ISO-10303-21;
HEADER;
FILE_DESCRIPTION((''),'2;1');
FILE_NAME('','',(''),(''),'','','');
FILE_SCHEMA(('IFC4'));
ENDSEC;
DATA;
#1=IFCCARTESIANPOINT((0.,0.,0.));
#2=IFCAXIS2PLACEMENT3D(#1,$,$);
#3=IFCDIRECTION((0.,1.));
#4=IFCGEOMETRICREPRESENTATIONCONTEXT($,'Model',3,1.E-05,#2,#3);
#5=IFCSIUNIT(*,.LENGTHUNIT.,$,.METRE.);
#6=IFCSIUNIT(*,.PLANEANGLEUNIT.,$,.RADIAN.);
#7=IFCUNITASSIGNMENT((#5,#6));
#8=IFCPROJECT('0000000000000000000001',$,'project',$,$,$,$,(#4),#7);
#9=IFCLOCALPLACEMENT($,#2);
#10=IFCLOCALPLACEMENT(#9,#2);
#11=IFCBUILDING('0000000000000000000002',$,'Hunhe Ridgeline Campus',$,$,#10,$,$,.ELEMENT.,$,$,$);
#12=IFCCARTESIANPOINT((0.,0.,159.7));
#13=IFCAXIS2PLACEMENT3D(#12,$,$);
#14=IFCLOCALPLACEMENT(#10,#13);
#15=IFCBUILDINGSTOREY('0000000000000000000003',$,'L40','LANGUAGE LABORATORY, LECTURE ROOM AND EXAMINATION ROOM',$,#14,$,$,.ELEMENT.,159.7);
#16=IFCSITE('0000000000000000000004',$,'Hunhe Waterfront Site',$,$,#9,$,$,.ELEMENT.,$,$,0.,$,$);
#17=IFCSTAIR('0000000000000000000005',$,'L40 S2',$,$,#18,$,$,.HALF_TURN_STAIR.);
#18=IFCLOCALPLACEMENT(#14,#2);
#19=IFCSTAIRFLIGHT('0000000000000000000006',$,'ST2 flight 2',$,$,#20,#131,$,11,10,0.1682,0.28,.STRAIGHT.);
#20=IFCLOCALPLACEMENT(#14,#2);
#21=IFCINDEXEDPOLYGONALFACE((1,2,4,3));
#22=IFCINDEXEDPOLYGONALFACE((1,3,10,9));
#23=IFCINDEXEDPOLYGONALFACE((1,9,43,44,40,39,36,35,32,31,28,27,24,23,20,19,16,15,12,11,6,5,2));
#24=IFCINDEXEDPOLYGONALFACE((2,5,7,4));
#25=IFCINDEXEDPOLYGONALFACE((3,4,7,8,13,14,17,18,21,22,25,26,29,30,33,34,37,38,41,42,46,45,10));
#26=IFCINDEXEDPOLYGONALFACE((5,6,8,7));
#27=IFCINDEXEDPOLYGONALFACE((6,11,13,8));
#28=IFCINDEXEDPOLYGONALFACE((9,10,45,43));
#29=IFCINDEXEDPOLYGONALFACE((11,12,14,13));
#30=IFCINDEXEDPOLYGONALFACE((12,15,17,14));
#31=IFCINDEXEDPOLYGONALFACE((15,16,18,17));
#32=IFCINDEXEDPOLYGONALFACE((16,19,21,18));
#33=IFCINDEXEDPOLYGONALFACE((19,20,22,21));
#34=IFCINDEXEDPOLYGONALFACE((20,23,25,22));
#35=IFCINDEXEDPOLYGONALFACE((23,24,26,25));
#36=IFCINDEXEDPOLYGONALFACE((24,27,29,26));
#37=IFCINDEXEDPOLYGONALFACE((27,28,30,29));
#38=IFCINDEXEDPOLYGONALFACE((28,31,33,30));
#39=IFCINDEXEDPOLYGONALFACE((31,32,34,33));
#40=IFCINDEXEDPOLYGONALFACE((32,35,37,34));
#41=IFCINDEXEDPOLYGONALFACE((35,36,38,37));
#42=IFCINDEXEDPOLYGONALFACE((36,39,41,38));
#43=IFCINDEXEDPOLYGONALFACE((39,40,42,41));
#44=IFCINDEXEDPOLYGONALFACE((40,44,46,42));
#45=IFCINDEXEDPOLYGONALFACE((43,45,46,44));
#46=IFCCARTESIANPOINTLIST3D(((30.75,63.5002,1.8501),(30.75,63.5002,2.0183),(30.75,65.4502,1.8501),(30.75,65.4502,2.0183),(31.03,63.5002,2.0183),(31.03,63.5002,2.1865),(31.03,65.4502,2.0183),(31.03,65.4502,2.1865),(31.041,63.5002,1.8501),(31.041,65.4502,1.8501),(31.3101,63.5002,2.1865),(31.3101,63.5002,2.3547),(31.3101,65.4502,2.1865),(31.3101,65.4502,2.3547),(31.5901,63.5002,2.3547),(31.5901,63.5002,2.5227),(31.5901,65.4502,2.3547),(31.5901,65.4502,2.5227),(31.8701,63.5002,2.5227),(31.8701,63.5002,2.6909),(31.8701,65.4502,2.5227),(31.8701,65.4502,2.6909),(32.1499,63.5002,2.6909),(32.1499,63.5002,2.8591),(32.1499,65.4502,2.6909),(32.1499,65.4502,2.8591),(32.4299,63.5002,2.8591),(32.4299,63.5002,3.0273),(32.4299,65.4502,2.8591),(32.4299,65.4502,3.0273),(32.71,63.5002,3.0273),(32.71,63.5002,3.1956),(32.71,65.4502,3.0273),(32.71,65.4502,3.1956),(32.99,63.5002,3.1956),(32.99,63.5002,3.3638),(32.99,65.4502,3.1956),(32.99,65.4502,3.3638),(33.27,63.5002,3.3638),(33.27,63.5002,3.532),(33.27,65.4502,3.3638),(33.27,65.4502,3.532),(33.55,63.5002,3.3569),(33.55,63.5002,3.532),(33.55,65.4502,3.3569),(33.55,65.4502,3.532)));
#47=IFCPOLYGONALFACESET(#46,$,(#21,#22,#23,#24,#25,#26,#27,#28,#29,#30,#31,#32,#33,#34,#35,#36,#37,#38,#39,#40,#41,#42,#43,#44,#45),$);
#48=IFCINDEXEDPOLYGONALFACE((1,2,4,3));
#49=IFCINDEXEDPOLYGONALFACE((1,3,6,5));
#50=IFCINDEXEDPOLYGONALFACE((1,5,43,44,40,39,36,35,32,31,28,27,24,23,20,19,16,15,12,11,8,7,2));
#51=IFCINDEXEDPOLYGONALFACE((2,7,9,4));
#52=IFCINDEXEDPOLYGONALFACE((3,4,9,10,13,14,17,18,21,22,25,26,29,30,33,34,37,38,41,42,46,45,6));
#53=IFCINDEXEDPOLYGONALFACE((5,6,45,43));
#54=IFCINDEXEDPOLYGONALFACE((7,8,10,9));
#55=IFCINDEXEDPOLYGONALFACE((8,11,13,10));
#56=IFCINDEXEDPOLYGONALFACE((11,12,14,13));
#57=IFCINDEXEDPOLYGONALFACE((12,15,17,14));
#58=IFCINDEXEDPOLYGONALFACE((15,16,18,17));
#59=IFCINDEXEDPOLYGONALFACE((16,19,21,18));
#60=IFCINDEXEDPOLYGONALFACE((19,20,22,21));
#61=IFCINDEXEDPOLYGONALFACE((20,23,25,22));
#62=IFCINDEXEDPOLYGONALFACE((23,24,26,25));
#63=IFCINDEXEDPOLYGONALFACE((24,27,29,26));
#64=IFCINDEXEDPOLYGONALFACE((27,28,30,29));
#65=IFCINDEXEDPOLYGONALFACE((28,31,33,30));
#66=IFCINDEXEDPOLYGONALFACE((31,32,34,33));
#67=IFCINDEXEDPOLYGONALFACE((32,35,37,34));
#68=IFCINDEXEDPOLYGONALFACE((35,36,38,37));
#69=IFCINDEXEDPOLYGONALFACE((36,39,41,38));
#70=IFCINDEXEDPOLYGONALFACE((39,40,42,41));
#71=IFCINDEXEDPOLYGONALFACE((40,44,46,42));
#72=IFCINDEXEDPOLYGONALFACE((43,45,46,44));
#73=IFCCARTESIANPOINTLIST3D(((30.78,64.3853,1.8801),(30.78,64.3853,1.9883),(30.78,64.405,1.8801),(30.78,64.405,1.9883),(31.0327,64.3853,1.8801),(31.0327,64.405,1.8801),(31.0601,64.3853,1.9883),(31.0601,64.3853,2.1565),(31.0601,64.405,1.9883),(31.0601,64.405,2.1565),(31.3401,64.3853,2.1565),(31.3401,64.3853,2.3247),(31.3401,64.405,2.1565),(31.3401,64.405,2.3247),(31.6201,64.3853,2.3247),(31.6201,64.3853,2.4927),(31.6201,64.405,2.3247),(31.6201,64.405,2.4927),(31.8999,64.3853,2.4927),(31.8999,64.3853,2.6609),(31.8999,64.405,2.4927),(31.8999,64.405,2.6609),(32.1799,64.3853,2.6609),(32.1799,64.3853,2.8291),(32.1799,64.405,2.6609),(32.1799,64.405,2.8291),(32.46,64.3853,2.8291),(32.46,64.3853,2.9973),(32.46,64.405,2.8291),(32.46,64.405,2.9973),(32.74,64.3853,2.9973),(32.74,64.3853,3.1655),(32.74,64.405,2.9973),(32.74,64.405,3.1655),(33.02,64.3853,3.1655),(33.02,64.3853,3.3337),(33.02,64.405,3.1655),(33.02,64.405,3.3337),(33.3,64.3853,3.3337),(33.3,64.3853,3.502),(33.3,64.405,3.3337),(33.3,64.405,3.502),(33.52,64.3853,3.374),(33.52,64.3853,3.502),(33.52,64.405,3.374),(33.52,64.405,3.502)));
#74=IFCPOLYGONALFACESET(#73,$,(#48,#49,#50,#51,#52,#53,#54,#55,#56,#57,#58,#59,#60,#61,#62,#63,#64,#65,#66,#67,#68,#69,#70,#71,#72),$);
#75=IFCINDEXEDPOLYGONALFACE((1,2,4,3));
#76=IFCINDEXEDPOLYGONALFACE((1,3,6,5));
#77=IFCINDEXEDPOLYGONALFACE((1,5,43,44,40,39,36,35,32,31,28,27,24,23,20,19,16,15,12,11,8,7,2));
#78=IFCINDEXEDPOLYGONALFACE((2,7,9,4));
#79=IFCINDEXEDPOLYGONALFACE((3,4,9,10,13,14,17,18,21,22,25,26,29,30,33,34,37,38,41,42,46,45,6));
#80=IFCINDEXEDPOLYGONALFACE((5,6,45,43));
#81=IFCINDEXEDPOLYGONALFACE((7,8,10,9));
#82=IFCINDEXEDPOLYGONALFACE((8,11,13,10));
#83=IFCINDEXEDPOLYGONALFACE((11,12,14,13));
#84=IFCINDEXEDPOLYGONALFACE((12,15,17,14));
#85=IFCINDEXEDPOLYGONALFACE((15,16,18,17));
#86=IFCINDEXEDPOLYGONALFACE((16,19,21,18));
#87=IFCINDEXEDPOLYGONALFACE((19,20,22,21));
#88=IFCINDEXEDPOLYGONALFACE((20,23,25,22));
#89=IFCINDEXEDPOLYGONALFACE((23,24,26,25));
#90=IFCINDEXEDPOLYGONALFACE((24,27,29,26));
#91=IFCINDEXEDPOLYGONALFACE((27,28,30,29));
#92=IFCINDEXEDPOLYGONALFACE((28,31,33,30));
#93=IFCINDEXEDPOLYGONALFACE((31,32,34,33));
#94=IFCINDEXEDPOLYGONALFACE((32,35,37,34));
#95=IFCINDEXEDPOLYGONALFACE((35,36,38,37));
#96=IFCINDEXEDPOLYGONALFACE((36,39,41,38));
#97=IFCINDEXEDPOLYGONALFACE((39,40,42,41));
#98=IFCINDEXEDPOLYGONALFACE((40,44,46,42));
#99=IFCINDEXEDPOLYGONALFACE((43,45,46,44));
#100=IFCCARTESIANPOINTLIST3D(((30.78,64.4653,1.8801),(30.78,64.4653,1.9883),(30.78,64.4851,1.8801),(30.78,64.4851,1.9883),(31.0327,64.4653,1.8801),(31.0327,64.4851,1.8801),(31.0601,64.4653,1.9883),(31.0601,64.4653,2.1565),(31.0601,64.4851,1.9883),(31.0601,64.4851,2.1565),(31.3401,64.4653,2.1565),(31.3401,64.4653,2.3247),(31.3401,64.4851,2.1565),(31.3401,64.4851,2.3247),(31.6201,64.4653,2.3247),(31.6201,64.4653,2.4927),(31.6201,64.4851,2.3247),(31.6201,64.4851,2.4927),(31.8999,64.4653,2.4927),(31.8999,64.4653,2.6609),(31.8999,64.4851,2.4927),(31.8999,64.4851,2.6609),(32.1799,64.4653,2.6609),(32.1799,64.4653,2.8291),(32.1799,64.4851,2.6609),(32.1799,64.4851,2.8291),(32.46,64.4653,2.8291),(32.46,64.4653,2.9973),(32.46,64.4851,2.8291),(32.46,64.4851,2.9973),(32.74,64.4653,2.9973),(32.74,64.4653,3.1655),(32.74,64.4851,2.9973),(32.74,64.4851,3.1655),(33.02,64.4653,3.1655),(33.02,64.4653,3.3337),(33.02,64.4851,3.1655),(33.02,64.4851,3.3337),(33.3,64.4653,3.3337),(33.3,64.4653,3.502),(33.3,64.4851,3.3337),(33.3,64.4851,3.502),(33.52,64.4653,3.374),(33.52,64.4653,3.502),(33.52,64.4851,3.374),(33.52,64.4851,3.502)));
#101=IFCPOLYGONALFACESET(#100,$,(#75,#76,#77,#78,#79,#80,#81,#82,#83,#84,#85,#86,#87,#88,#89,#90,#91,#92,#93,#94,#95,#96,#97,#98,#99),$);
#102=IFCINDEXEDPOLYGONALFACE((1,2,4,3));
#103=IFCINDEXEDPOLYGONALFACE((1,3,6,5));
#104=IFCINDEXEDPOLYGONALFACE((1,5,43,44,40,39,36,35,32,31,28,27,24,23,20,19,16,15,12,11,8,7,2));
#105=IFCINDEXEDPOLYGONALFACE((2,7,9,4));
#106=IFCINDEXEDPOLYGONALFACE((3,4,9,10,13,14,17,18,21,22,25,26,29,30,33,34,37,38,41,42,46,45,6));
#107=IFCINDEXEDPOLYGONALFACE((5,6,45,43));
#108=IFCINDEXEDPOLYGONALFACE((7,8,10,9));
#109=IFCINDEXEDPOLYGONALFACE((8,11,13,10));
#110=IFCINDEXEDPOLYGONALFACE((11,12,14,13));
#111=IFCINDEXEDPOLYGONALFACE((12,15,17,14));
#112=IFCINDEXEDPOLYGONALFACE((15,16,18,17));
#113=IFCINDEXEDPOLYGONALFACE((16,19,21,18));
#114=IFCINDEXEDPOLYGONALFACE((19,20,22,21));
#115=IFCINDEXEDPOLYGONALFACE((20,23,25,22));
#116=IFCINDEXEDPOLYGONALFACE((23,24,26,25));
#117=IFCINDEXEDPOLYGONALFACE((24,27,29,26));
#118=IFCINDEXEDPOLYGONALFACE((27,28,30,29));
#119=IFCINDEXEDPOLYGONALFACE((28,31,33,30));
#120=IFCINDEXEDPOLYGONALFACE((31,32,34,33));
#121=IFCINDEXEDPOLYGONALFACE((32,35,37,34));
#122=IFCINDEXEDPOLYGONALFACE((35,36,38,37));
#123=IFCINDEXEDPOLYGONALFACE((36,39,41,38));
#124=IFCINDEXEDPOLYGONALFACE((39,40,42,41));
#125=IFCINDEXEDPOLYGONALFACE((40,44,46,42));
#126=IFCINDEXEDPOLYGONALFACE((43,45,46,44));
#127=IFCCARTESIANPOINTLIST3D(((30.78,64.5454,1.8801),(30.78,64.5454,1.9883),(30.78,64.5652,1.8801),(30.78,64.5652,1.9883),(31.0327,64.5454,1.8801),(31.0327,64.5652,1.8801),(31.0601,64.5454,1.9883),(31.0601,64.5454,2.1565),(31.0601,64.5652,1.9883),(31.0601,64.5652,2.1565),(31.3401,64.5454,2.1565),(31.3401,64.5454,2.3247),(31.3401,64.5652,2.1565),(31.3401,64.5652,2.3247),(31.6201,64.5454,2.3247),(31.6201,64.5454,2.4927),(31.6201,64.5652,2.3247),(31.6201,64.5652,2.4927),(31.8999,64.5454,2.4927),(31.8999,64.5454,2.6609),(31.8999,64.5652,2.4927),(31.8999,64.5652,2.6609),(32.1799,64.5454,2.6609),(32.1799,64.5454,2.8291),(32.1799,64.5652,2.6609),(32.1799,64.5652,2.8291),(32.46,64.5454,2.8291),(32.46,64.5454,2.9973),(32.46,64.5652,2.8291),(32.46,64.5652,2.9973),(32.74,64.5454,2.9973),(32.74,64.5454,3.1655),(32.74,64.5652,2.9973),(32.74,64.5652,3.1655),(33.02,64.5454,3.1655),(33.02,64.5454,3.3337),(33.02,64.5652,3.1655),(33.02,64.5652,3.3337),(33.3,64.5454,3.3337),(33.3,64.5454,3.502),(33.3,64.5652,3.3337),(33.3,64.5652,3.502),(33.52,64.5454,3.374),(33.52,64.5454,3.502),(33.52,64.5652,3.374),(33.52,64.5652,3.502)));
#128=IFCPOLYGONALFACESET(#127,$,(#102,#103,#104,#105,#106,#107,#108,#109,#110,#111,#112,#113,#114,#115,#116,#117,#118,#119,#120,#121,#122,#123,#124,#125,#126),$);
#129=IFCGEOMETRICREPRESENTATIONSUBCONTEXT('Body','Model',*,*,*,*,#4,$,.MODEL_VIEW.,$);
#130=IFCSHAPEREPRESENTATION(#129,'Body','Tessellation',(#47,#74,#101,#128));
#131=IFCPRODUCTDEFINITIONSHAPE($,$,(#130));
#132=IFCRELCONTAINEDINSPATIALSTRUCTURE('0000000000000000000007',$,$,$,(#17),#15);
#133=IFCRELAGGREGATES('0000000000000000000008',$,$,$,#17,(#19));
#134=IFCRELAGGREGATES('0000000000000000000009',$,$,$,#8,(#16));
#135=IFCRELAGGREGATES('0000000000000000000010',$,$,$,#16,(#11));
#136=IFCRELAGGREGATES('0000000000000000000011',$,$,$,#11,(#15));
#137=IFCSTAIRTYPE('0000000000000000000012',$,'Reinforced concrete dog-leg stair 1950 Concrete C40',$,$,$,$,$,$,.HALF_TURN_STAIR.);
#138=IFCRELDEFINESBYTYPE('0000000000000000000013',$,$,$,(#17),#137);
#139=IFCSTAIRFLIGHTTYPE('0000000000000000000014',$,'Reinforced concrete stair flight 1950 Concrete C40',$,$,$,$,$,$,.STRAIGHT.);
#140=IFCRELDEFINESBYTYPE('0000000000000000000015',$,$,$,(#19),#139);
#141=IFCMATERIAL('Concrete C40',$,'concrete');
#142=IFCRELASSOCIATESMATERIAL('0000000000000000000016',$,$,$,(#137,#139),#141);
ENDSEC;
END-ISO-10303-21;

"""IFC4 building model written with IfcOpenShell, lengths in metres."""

from ifc_helpers import new_model, si_unit, direction, frame, origin, place, context, subcontext, project, spatial, polyline, outline, extrude, material, type_object, element, aggregate, save


model = new_model("IFC4")

# Units and contexts
model_context = context("Model", 3, precision=1e-05, world=origin(), true_north=direction((0.0, 1.0)))
body_context = subcontext(model_context, "Body", "Model", "MODEL_VIEW")
ifc_project = project(units=[si_unit("LENGTHUNIT", "METRE"), si_unit("PLANEANGLEUNIT", "RADIAN")], contexts=[model_context])

# Site, building, storey
site_placement = place(None, origin())
site = spatial("IfcSite", under=ifc_project, at=site_placement, Name="Hunhe Waterfront Site", CompositionType="ELEMENT", RefElevation=0.0)
building_placement = place(site_placement, origin())
building = spatial("IfcBuilding", under=site, at=building_placement, Name="Hunhe Ridgeline Campus", CompositionType="ELEMENT")
storey_placement = place(building_placement, frame((0.0, 0.0, 159.7)))
storey = spatial("IfcBuildingStorey", under=building, at=storey_placement, Name="L40", Description="LANGUAGE LABORATORY, LECTURE ROOM AND EXAMINATION ROOM", CompositionType="ELEMENT", Elevation=159.7)

# Stair, stair flight
ifc_material_1 = material(Name="Concrete C40", Category="concrete")
stair_type = type_object("IfcStairType", Name="Reinforced concrete dog-leg stair 1950 Concrete C40", PredefinedType="HALF_TURN_STAIR", material=ifc_material_1)
stair_placement = place(storey_placement, origin())
stair = element("IfcStair", 1, at=stair_placement, inside=storey, type_object=stair_type, Name="L40 S2", PredefinedType="HALF_TURN_STAIR")
stair_flight_type = type_object("IfcStairFlightType", Name="Reinforced concrete stair flight 1950 Concrete C40", PredefinedType="STRAIGHT", material=ifc_material_1)
stair_flight_placement = place(storey_placement, frame((30.75, 64.4751, 1.8501), z_axis=(0.0, 0.0, 1.0), x_axis=(1.0, 0.0, 0.0)))
stair_flight = element("IfcStairFlight", 2, at=stair_flight_placement, type_object=stair_flight_type, Name="ST2 flight 2", NumberOfRisers=11, NumberOfTreads=10, PredefinedType="STRAIGHT", RiserHeight=0.1682, TreadLength=0.28, context=body_context, shape_type="SweptSolid", body=[
    extrude(outline(polyline([(0.0, 0.0), (0.0, 0.1682), (0.28, 0.1682), (0.28, 0.3364), (0.5601, 0.3364), (0.5601, 0.5046), (0.8401, 0.5046), (0.8401, 0.6726), (1.1201, 0.6726), (1.1201, 0.8408), (1.3999, 0.8408), (1.3999, 1.009), (1.6799, 1.009), (1.6799, 1.1772), (1.96, 1.1772), (1.96, 1.3455), (2.24, 1.3455), (2.24, 1.5137), (2.52, 1.5137), (2.52, 1.6819), (2.8, 1.6819), (2.8, 1.8501), (2.8, 1.5068), (0.291, 0.0), (0.0, 0.0)])), frame((0.0, 0.9751, 0.0), z_axis=(0.0, -1.0, 0.0), x_axis=(1.0, 0.0, 0.0)), (0.0, 0.0, 1.0), 1.95),
    extrude(outline(polyline([(0.03, 0.03), (0.03, 0.1382), (0.3101, 0.1382), (0.3101, 0.3064), (0.5901, 0.3064), (0.5901, 0.4746), (0.8701, 0.4746), (0.8701, 0.6426), (1.1499, 0.6426), (1.1499, 0.8108), (1.4299, 0.8108), (1.4299, 0.979), (1.71, 0.979), (1.71, 1.1472), (1.99, 1.1472), (1.99, 1.3154), (2.27, 1.3154), (2.27, 1.4836), (2.55, 1.4836), (2.55, 1.6519), (2.77, 1.6519), (2.77, 1.5239), (0.2827, 0.03), (0.03, 0.03)])), frame((0.0, -0.0701, 0.0), z_axis=(0.0, -1.0, 0.0), x_axis=(1.0, 0.0, 0.0)), (0.0, 0.0, 1.0), 0.0198),
    extrude(outline(polyline([(0.03, 0.03), (0.03, 0.1382), (0.3101, 0.1382), (0.3101, 0.3064), (0.5901, 0.3064), (0.5901, 0.4746), (0.8701, 0.4746), (0.8701, 0.6426), (1.1499, 0.6426), (1.1499, 0.8108), (1.4299, 0.8108), (1.4299, 0.979), (1.71, 0.979), (1.71, 1.1472), (1.99, 1.1472), (1.99, 1.3154), (2.27, 1.3154), (2.27, 1.4836), (2.55, 1.4836), (2.55, 1.6519), (2.77, 1.6519), (2.77, 1.5239), (0.2827, 0.03), (0.03, 0.03)])), frame((0.0, 0.01, 0.0), z_axis=(0.0, -1.0, 0.0), x_axis=(1.0, 0.0, 0.0)), (0.0, 0.0, 1.0), 0.0198),
    extrude(outline(polyline([(0.03, 0.03), (0.03, 0.1382), (0.3101, 0.1382), (0.3101, 0.3064), (0.5901, 0.3064), (0.5901, 0.4746), (0.8701, 0.4746), (0.8701, 0.6426), (1.1499, 0.6426), (1.1499, 0.8108), (1.4299, 0.8108), (1.4299, 0.979), (1.71, 0.979), (1.71, 1.1472), (1.99, 1.1472), (1.99, 1.3154), (2.27, 1.3154), (2.27, 1.4836), (2.55, 1.4836), (2.55, 1.6519), (2.77, 1.6519), (2.77, 1.5239), (0.2827, 0.03), (0.03, 0.03)])), frame((0.0, 0.0901, 0.0), z_axis=(0.0, -1.0, 0.0), x_axis=(1.0, 0.0, 0.0)), (0.0, 0.0, 1.0), 0.0198),
])
aggregate(stair, [stair_flight])

save(model, "model.ifc")
